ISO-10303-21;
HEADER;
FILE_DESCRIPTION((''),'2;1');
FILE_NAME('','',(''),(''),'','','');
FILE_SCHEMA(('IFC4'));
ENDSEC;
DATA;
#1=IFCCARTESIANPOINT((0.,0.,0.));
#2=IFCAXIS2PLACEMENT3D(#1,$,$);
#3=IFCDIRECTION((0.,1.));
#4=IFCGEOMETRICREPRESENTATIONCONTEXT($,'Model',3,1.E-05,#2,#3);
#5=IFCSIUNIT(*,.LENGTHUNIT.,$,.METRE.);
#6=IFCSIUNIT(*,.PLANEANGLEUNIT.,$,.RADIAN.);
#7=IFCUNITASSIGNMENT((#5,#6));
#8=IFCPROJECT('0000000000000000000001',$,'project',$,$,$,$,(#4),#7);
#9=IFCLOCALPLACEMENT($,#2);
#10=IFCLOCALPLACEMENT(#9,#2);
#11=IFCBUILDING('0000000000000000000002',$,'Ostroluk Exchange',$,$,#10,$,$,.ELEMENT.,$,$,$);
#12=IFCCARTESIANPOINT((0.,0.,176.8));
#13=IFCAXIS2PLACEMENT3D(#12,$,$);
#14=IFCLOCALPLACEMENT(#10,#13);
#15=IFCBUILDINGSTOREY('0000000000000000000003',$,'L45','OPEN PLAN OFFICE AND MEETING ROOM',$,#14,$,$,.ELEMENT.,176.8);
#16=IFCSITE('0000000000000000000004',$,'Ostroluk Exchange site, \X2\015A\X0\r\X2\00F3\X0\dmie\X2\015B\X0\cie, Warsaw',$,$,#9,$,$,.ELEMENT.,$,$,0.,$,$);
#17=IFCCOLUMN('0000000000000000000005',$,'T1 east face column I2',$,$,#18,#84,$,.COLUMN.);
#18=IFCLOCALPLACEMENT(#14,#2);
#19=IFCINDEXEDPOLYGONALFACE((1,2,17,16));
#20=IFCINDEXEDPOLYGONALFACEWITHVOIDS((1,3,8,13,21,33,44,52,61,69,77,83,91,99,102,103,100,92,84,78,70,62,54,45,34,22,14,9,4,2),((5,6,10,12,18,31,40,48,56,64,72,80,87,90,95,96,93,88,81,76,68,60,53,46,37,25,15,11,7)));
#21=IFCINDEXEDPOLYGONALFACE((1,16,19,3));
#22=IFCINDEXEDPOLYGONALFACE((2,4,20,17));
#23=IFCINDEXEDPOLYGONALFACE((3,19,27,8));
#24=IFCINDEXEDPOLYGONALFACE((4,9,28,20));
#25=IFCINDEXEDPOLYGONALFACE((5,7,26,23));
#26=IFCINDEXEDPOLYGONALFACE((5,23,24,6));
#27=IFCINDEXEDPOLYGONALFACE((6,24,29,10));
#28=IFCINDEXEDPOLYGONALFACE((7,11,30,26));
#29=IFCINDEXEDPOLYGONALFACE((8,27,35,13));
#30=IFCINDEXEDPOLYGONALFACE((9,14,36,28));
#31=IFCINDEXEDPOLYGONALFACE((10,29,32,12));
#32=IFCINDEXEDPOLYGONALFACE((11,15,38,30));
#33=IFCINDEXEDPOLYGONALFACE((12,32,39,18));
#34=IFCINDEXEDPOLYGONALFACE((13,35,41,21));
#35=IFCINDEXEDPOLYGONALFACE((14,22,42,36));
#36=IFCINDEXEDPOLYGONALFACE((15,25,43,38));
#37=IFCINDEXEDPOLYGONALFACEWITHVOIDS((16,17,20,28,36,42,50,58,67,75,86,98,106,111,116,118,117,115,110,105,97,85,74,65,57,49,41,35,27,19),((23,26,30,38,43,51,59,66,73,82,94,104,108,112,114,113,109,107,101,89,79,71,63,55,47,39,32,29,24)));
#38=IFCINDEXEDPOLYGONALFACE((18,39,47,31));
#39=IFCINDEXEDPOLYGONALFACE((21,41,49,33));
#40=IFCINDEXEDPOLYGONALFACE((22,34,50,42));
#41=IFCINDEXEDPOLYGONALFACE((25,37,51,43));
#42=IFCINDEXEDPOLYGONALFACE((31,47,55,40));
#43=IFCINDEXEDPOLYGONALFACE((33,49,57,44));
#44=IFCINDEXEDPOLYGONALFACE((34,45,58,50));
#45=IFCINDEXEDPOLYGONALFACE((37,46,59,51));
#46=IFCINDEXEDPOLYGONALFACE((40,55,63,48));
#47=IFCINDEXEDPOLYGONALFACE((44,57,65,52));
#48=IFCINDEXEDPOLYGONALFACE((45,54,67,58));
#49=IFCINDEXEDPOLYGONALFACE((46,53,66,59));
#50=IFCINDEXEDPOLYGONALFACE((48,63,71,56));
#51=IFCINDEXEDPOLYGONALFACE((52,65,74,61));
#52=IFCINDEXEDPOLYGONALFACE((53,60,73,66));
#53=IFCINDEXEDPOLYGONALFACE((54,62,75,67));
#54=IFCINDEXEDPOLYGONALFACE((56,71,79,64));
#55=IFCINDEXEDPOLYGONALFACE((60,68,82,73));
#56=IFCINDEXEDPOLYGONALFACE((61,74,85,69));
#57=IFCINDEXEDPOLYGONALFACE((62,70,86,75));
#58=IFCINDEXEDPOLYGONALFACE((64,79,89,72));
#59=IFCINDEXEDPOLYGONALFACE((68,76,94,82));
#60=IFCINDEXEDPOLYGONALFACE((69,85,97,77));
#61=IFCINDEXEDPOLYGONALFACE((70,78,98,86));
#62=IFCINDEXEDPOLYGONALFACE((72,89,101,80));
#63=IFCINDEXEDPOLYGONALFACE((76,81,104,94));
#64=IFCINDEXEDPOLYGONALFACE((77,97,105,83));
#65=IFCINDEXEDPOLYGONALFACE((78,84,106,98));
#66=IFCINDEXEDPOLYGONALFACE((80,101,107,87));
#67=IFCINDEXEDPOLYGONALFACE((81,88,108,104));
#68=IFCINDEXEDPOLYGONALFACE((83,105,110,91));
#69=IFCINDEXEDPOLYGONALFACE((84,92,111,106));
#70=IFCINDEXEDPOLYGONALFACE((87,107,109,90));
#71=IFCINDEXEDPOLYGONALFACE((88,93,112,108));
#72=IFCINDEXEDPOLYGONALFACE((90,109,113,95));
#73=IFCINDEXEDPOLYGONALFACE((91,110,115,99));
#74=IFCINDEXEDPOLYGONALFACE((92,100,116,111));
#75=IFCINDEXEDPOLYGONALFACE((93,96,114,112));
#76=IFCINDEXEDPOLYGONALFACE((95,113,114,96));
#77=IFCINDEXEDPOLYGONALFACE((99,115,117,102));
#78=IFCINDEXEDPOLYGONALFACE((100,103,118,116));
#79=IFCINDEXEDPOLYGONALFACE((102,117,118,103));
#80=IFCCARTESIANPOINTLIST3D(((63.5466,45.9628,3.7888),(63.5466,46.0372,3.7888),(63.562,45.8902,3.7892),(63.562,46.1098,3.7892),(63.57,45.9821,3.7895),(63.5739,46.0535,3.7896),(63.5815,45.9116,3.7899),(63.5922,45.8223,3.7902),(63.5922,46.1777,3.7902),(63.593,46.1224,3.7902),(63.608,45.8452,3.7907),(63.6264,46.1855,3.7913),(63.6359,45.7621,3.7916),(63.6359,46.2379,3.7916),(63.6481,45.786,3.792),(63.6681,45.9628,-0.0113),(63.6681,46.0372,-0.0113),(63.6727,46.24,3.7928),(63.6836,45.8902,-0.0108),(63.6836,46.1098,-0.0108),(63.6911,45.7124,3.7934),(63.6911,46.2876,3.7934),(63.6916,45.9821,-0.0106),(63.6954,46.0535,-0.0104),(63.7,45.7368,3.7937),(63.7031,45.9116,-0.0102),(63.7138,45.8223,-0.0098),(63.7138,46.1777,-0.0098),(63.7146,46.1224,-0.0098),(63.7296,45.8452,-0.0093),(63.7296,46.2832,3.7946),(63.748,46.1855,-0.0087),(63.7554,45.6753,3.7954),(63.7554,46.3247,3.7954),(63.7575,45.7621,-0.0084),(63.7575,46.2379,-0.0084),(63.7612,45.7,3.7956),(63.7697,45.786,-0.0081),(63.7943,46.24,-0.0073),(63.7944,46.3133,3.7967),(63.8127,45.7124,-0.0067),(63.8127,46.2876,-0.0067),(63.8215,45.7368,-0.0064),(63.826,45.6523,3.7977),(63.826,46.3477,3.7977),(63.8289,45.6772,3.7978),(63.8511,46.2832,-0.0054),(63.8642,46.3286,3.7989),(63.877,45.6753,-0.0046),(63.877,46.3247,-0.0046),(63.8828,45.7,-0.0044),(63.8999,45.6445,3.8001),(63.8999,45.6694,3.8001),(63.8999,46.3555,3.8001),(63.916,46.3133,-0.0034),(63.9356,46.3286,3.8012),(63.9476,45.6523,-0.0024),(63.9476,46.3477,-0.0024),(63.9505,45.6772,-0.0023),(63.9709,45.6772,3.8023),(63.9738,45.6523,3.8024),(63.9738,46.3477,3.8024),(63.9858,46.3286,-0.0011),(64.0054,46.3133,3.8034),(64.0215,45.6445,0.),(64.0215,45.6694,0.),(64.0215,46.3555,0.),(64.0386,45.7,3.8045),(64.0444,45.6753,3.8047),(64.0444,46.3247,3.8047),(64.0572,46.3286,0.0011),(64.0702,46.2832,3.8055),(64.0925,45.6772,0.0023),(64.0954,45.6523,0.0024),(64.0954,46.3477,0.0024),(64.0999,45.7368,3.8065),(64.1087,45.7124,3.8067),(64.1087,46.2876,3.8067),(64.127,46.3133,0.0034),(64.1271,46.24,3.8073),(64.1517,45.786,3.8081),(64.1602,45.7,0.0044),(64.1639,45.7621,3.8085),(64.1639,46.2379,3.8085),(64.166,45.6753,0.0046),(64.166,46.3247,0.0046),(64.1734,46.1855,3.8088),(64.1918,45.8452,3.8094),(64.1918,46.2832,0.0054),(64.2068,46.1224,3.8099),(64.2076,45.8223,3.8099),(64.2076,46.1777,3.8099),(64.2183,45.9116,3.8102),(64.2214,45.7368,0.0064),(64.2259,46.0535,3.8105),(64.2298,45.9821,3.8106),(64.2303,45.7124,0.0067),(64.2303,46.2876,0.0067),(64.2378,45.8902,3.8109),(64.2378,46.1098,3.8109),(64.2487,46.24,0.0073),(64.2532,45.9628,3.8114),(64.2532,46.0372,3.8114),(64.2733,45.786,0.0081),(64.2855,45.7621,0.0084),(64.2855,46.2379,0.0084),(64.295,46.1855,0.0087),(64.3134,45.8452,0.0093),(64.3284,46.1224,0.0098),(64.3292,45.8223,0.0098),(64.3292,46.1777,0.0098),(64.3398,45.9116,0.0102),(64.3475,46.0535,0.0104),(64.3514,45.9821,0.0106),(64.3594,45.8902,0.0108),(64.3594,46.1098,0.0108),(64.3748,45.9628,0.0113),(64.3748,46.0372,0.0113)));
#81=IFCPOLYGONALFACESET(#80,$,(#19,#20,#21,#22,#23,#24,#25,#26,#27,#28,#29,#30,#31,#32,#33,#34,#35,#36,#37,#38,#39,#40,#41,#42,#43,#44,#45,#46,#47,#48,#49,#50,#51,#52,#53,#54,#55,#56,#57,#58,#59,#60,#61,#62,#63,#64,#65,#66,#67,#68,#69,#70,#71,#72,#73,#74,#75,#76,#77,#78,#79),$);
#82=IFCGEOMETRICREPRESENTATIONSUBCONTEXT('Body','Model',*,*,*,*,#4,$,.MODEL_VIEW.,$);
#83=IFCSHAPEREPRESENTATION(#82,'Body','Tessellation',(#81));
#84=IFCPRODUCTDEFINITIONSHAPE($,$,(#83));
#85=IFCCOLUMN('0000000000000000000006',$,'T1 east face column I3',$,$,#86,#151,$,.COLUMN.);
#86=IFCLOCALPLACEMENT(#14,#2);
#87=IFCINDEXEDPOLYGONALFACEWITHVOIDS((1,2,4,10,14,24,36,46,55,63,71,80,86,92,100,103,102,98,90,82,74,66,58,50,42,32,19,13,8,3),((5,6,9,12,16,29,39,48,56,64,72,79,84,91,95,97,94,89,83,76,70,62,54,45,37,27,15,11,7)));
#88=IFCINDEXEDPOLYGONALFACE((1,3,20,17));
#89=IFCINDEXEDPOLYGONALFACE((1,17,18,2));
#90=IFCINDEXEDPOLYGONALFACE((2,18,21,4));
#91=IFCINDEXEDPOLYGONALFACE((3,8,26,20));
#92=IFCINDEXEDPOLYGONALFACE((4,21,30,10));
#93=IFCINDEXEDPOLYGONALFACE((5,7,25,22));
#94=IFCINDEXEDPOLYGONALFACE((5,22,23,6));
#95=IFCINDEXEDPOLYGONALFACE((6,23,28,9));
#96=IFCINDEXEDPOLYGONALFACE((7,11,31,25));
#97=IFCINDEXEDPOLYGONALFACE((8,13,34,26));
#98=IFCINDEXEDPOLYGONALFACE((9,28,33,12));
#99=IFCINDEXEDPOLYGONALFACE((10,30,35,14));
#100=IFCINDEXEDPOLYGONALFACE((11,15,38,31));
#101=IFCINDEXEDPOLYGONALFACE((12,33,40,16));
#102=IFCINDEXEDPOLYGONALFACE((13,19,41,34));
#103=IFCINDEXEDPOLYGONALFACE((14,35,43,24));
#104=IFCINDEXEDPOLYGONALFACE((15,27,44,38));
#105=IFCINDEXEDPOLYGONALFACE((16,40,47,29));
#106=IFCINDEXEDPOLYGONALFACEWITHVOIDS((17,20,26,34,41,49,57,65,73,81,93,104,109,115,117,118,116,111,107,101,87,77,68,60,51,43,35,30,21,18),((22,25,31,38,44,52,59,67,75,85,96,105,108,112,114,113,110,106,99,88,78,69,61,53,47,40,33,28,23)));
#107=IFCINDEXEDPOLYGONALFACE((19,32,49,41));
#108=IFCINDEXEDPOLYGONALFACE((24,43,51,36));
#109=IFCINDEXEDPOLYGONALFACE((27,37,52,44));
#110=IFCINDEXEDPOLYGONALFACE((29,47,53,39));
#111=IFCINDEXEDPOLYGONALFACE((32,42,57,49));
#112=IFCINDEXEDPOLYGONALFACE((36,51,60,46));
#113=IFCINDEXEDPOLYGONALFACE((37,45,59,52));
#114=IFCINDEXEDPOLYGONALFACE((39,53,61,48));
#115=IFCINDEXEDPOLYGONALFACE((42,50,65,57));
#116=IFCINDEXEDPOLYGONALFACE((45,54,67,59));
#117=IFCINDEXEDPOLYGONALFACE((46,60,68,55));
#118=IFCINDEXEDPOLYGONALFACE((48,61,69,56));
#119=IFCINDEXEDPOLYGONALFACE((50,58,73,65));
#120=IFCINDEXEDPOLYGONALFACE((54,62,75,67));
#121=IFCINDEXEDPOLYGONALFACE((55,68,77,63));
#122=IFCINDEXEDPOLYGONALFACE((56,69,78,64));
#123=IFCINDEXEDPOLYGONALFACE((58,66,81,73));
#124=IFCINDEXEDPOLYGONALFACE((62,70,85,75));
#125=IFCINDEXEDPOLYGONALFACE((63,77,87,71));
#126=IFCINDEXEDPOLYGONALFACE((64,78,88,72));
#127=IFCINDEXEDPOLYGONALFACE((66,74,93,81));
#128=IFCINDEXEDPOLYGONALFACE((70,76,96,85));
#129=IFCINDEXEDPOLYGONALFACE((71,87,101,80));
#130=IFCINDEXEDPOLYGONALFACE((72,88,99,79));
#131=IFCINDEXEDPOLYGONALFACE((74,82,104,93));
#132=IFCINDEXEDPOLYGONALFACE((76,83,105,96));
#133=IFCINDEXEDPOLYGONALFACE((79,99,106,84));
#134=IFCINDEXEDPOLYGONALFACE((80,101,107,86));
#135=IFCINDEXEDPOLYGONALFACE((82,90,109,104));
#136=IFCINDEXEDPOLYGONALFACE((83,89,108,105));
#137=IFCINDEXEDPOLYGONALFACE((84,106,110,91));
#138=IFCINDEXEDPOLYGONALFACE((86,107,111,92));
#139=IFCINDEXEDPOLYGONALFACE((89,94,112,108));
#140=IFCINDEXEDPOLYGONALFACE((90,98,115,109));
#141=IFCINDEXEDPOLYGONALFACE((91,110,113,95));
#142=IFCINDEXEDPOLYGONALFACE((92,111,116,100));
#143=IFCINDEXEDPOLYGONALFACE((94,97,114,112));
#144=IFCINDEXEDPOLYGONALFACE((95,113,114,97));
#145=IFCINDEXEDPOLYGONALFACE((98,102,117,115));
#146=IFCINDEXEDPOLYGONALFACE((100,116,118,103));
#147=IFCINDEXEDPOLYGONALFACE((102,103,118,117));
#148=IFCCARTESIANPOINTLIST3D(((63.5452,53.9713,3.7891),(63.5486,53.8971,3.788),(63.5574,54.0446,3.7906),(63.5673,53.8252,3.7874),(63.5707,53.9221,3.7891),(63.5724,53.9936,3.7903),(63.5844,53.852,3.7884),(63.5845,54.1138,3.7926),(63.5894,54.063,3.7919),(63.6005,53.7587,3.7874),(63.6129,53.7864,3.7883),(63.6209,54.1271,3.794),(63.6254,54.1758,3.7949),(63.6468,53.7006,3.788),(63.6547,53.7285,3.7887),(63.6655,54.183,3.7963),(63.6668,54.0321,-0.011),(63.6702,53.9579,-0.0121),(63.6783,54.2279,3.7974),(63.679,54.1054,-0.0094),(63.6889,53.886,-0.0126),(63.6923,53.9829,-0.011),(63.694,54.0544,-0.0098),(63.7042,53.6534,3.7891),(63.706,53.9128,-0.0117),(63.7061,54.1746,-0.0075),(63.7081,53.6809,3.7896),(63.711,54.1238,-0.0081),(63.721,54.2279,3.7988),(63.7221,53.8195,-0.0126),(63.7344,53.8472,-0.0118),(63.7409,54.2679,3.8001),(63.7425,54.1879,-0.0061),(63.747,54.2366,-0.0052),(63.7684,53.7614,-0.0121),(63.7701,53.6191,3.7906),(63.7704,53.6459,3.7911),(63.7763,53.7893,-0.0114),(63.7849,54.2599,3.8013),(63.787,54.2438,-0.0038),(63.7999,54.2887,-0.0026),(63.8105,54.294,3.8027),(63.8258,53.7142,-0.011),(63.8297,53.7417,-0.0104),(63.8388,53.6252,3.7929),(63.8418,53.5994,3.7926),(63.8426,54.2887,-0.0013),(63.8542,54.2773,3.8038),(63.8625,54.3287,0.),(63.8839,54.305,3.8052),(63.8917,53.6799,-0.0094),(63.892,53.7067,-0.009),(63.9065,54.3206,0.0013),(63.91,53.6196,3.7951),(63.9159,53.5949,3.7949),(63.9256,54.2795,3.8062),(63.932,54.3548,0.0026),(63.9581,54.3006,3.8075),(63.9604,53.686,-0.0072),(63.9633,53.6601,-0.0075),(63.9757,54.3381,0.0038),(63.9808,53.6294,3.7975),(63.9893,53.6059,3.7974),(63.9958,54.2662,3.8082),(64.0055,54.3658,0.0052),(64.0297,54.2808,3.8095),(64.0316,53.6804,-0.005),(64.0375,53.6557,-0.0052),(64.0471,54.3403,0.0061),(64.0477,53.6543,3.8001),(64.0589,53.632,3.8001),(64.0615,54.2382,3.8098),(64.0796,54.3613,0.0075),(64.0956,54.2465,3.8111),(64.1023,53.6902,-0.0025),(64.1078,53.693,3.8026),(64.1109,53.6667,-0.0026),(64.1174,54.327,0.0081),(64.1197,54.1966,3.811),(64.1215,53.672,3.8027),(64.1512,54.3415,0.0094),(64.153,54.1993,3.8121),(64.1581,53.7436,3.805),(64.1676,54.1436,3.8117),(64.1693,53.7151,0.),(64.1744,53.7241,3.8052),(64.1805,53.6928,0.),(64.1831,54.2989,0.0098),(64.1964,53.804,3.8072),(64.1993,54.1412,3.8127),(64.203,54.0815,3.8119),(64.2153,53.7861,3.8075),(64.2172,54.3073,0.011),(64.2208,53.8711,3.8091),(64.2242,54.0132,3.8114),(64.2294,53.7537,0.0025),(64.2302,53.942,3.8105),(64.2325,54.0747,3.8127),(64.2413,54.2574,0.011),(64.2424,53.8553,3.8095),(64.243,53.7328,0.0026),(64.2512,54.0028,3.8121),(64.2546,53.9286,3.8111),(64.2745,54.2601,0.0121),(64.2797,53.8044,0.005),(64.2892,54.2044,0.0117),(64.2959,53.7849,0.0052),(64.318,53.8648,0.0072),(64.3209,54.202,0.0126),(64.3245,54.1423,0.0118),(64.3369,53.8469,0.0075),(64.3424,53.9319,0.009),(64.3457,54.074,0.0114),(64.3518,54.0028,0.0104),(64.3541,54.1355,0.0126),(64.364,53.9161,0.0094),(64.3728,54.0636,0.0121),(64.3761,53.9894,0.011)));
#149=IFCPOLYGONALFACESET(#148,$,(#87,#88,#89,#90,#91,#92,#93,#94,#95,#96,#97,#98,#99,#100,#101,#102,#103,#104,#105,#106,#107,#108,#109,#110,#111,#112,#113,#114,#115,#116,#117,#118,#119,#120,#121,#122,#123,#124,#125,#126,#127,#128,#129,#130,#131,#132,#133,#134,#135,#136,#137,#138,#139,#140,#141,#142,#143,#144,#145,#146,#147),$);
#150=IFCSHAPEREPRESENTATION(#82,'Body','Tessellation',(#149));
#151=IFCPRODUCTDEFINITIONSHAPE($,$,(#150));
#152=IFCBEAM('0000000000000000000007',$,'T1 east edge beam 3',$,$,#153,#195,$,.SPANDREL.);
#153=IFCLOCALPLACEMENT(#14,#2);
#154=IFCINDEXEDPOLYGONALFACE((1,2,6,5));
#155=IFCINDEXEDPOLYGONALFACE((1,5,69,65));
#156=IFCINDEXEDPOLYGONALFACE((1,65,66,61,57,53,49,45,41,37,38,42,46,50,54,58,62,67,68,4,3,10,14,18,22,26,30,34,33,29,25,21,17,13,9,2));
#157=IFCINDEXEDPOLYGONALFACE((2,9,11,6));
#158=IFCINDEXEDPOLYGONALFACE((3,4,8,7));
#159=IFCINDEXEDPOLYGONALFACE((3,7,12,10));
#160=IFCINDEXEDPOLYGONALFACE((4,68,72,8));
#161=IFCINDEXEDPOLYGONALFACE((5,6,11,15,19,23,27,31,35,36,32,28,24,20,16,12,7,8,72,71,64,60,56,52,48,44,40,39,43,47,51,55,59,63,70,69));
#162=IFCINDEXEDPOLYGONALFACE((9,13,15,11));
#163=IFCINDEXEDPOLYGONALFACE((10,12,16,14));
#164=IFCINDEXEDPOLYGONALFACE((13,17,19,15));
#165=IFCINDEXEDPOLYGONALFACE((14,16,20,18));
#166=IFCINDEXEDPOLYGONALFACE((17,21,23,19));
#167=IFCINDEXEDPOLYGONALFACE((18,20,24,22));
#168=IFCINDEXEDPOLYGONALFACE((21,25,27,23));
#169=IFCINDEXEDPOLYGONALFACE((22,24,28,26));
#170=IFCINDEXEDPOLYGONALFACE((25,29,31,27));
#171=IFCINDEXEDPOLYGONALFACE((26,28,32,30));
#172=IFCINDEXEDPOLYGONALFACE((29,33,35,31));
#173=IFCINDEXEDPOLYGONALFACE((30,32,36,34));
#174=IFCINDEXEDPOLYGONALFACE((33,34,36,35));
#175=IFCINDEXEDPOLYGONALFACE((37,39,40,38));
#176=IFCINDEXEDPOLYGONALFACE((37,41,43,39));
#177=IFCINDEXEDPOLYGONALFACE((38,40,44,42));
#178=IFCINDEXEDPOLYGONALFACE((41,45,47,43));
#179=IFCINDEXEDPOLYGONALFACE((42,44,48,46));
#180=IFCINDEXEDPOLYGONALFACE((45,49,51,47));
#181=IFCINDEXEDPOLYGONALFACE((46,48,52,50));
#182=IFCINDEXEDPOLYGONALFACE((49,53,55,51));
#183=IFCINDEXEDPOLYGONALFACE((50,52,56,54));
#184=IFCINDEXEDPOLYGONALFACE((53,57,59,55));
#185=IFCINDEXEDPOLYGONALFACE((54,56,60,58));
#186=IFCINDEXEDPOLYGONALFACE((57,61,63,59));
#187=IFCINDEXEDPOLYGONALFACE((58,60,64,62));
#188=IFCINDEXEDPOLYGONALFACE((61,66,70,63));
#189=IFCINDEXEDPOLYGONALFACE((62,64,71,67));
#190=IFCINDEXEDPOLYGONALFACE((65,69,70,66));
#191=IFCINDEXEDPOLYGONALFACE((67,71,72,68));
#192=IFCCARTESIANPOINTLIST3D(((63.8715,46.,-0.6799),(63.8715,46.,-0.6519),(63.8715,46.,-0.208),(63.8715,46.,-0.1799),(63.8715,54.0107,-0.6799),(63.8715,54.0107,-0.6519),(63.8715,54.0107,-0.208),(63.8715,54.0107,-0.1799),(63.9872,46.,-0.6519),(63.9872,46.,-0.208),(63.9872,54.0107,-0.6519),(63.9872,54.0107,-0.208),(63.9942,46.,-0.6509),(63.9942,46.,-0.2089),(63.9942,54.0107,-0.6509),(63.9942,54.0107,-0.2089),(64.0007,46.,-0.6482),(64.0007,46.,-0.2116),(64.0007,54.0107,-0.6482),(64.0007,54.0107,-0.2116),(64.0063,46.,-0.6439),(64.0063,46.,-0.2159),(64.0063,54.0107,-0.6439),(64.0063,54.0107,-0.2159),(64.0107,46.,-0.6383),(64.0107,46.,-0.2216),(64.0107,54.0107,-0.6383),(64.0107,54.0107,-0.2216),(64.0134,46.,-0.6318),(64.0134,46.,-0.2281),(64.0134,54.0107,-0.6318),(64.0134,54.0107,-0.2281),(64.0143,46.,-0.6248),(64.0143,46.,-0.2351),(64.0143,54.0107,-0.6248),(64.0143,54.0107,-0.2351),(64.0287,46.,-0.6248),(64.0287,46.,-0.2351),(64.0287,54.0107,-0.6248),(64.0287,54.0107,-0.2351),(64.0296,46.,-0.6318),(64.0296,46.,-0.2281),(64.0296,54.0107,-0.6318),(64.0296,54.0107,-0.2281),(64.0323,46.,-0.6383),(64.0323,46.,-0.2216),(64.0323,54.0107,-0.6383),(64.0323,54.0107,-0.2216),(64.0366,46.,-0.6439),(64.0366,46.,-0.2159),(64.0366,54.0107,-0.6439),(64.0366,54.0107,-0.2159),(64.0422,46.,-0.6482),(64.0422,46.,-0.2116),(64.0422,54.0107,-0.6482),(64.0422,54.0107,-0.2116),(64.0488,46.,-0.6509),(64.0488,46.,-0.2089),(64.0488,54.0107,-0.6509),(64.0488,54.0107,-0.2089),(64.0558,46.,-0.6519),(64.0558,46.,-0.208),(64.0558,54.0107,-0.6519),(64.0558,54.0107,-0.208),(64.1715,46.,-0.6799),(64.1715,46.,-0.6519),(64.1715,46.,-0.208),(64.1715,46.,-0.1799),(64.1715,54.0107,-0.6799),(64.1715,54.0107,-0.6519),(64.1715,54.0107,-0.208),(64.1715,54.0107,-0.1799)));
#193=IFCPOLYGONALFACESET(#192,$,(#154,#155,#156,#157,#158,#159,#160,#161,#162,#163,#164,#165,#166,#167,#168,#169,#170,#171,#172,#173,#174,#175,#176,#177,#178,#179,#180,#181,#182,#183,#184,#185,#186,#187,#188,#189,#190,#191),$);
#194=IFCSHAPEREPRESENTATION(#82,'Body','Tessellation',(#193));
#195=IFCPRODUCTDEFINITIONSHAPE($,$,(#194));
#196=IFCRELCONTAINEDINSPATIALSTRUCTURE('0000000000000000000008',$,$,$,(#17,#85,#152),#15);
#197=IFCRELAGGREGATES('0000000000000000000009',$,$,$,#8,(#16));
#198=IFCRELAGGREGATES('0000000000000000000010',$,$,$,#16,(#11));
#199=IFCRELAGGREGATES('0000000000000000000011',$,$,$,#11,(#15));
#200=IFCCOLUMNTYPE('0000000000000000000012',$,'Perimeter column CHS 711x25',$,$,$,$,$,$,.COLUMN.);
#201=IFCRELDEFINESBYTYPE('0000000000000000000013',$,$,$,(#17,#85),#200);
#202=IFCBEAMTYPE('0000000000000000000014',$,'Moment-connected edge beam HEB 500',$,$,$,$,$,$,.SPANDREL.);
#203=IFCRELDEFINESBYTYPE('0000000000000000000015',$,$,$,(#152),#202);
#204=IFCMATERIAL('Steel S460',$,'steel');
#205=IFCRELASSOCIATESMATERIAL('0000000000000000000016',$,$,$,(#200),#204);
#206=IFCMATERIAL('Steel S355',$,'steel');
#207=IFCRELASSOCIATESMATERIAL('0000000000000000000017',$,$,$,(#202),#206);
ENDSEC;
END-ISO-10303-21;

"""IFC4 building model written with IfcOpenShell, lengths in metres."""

from ifc_helpers import new_model, si_unit, direction, frame, origin, origin_2d, place, context, subcontext, project, spatial, hollow_circle, i_section, extrude, material, material_profile, profile_set, type_object, element, save


model = new_model("IFC4")

# Units and contexts
model_context = context("Model", 3, precision=1e-05, world=origin(), true_north=direction((0.0, 1.0)))
body_context = subcontext(model_context, "Body", "Model", "MODEL_VIEW")
ifc_project = project(units=[si_unit("LENGTHUNIT", "METRE"), si_unit("PLANEANGLEUNIT", "RADIAN")], contexts=[model_context])

# Site, building, storey
site_placement = place(None, origin())
site = spatial("IfcSite", under=ifc_project, at=site_placement, Name="Ostroluk Exchange site, Śródmieście, Warsaw", CompositionType="ELEMENT", RefElevation=0.0)
building_placement = place(site_placement, origin())
building = spatial("IfcBuilding", under=site, at=building_placement, Name="Ostroluk Exchange", CompositionType="ELEMENT")
storey_placement = place(building_placement, frame((0.0, 0.0, 176.8)))
storey = spatial("IfcBuildingStorey", under=building, at=storey_placement, Name="L45", Description="OPEN PLAN OFFICE AND MEETING ROOM", CompositionType="ELEMENT", Elevation=176.8)

# Columns
ifc_material_1 = material(Name="Steel S460", Category="steel")
ifc_material_profile_1 = material_profile(ifc_material_1, hollow_circle(Radius=0.3555, WallThickness=0.0249, at=origin_2d()), Name="CHS 711x25")
ifc_profile_set_1 = profile_set([ifc_material_profile_1], Name="Steel S460")
column_type = type_object("IfcColumnType", Name="Perimeter column CHS 711x25", PredefinedType="COLUMN", material=ifc_profile_set_1)
column_1_placement = place(storey_placement, frame((64.0215, 46.0, 0.0), z_axis=(-0.031978, 0.0, 0.999489), x_axis=(0.0, -1.0, 0.0)))
element("IfcColumn", 1, at=column_1_placement, inside=storey, type_object=column_type, Name="T1 east face column I2", PredefinedType="COLUMN", context=body_context, shape_type="SweptSolid", body=[
    extrude(hollow_circle(Radius=0.3555, WallThickness=0.0249, at=origin_2d()), origin(), (0.0, 0.0, 1.0), 3.802),
])
column_2_placement = place(storey_placement, frame((64.0215, 54.0107, 0.0), z_axis=(-0.031974, -0.015987, 0.999361), x_axis=(0.447214, -0.894427, 0.0)))
element("IfcColumn", 2, at=column_2_placement, inside=storey, type_object=column_type, Name="T1 east face column I3", PredefinedType="COLUMN", context=body_context, shape_type="SweptSolid", body=[
    extrude(hollow_circle(Radius=0.3555, WallThickness=0.0249, at=origin_2d()), origin(), (0.0, 0.0, 1.0), 3.8025),
])

# Beam
ifc_material_2 = material(Name="Steel S355", Category="steel")
ifc_material_profile_2 = material_profile(ifc_material_2, i_section(OverallWidth=0.3, OverallDepth=0.5, WebThickness=0.0144, FlangeThickness=0.0281, FilletRadius=0.0271, at=origin_2d()), Name="HEB 500")
ifc_profile_set_2 = profile_set([ifc_material_profile_2], Name="Steel S355")
beam_type = type_object("IfcBeamType", Name="Moment-connected edge beam HEB 500", PredefinedType="SPANDREL", material=ifc_profile_set_2)
for number, where, z_axis, x_axis, name in (
    (3, (64.0215, 46.0, -0.4299), (0.0, 1.0, 0.0), (-1.0, 0.0, 0.0), "T1 east edge beam 3"),
):
    element("IfcBeam", number, at=place(storey_placement, frame(where, z_axis=z_axis, x_axis=x_axis)), inside=storey, type_object=beam_type, Name=name, PredefinedType="SPANDREL", context=body_context, shape_type="SweptSolid", body=[
        extrude(i_section(OverallWidth=0.3, OverallDepth=0.5, WebThickness=0.0144, FlangeThickness=0.0281, FilletRadius=0.0271, at=origin_2d()), origin(), (0.0, 0.0, 1.0), 8.0107),
    ])

save(model, "model.ifc")
